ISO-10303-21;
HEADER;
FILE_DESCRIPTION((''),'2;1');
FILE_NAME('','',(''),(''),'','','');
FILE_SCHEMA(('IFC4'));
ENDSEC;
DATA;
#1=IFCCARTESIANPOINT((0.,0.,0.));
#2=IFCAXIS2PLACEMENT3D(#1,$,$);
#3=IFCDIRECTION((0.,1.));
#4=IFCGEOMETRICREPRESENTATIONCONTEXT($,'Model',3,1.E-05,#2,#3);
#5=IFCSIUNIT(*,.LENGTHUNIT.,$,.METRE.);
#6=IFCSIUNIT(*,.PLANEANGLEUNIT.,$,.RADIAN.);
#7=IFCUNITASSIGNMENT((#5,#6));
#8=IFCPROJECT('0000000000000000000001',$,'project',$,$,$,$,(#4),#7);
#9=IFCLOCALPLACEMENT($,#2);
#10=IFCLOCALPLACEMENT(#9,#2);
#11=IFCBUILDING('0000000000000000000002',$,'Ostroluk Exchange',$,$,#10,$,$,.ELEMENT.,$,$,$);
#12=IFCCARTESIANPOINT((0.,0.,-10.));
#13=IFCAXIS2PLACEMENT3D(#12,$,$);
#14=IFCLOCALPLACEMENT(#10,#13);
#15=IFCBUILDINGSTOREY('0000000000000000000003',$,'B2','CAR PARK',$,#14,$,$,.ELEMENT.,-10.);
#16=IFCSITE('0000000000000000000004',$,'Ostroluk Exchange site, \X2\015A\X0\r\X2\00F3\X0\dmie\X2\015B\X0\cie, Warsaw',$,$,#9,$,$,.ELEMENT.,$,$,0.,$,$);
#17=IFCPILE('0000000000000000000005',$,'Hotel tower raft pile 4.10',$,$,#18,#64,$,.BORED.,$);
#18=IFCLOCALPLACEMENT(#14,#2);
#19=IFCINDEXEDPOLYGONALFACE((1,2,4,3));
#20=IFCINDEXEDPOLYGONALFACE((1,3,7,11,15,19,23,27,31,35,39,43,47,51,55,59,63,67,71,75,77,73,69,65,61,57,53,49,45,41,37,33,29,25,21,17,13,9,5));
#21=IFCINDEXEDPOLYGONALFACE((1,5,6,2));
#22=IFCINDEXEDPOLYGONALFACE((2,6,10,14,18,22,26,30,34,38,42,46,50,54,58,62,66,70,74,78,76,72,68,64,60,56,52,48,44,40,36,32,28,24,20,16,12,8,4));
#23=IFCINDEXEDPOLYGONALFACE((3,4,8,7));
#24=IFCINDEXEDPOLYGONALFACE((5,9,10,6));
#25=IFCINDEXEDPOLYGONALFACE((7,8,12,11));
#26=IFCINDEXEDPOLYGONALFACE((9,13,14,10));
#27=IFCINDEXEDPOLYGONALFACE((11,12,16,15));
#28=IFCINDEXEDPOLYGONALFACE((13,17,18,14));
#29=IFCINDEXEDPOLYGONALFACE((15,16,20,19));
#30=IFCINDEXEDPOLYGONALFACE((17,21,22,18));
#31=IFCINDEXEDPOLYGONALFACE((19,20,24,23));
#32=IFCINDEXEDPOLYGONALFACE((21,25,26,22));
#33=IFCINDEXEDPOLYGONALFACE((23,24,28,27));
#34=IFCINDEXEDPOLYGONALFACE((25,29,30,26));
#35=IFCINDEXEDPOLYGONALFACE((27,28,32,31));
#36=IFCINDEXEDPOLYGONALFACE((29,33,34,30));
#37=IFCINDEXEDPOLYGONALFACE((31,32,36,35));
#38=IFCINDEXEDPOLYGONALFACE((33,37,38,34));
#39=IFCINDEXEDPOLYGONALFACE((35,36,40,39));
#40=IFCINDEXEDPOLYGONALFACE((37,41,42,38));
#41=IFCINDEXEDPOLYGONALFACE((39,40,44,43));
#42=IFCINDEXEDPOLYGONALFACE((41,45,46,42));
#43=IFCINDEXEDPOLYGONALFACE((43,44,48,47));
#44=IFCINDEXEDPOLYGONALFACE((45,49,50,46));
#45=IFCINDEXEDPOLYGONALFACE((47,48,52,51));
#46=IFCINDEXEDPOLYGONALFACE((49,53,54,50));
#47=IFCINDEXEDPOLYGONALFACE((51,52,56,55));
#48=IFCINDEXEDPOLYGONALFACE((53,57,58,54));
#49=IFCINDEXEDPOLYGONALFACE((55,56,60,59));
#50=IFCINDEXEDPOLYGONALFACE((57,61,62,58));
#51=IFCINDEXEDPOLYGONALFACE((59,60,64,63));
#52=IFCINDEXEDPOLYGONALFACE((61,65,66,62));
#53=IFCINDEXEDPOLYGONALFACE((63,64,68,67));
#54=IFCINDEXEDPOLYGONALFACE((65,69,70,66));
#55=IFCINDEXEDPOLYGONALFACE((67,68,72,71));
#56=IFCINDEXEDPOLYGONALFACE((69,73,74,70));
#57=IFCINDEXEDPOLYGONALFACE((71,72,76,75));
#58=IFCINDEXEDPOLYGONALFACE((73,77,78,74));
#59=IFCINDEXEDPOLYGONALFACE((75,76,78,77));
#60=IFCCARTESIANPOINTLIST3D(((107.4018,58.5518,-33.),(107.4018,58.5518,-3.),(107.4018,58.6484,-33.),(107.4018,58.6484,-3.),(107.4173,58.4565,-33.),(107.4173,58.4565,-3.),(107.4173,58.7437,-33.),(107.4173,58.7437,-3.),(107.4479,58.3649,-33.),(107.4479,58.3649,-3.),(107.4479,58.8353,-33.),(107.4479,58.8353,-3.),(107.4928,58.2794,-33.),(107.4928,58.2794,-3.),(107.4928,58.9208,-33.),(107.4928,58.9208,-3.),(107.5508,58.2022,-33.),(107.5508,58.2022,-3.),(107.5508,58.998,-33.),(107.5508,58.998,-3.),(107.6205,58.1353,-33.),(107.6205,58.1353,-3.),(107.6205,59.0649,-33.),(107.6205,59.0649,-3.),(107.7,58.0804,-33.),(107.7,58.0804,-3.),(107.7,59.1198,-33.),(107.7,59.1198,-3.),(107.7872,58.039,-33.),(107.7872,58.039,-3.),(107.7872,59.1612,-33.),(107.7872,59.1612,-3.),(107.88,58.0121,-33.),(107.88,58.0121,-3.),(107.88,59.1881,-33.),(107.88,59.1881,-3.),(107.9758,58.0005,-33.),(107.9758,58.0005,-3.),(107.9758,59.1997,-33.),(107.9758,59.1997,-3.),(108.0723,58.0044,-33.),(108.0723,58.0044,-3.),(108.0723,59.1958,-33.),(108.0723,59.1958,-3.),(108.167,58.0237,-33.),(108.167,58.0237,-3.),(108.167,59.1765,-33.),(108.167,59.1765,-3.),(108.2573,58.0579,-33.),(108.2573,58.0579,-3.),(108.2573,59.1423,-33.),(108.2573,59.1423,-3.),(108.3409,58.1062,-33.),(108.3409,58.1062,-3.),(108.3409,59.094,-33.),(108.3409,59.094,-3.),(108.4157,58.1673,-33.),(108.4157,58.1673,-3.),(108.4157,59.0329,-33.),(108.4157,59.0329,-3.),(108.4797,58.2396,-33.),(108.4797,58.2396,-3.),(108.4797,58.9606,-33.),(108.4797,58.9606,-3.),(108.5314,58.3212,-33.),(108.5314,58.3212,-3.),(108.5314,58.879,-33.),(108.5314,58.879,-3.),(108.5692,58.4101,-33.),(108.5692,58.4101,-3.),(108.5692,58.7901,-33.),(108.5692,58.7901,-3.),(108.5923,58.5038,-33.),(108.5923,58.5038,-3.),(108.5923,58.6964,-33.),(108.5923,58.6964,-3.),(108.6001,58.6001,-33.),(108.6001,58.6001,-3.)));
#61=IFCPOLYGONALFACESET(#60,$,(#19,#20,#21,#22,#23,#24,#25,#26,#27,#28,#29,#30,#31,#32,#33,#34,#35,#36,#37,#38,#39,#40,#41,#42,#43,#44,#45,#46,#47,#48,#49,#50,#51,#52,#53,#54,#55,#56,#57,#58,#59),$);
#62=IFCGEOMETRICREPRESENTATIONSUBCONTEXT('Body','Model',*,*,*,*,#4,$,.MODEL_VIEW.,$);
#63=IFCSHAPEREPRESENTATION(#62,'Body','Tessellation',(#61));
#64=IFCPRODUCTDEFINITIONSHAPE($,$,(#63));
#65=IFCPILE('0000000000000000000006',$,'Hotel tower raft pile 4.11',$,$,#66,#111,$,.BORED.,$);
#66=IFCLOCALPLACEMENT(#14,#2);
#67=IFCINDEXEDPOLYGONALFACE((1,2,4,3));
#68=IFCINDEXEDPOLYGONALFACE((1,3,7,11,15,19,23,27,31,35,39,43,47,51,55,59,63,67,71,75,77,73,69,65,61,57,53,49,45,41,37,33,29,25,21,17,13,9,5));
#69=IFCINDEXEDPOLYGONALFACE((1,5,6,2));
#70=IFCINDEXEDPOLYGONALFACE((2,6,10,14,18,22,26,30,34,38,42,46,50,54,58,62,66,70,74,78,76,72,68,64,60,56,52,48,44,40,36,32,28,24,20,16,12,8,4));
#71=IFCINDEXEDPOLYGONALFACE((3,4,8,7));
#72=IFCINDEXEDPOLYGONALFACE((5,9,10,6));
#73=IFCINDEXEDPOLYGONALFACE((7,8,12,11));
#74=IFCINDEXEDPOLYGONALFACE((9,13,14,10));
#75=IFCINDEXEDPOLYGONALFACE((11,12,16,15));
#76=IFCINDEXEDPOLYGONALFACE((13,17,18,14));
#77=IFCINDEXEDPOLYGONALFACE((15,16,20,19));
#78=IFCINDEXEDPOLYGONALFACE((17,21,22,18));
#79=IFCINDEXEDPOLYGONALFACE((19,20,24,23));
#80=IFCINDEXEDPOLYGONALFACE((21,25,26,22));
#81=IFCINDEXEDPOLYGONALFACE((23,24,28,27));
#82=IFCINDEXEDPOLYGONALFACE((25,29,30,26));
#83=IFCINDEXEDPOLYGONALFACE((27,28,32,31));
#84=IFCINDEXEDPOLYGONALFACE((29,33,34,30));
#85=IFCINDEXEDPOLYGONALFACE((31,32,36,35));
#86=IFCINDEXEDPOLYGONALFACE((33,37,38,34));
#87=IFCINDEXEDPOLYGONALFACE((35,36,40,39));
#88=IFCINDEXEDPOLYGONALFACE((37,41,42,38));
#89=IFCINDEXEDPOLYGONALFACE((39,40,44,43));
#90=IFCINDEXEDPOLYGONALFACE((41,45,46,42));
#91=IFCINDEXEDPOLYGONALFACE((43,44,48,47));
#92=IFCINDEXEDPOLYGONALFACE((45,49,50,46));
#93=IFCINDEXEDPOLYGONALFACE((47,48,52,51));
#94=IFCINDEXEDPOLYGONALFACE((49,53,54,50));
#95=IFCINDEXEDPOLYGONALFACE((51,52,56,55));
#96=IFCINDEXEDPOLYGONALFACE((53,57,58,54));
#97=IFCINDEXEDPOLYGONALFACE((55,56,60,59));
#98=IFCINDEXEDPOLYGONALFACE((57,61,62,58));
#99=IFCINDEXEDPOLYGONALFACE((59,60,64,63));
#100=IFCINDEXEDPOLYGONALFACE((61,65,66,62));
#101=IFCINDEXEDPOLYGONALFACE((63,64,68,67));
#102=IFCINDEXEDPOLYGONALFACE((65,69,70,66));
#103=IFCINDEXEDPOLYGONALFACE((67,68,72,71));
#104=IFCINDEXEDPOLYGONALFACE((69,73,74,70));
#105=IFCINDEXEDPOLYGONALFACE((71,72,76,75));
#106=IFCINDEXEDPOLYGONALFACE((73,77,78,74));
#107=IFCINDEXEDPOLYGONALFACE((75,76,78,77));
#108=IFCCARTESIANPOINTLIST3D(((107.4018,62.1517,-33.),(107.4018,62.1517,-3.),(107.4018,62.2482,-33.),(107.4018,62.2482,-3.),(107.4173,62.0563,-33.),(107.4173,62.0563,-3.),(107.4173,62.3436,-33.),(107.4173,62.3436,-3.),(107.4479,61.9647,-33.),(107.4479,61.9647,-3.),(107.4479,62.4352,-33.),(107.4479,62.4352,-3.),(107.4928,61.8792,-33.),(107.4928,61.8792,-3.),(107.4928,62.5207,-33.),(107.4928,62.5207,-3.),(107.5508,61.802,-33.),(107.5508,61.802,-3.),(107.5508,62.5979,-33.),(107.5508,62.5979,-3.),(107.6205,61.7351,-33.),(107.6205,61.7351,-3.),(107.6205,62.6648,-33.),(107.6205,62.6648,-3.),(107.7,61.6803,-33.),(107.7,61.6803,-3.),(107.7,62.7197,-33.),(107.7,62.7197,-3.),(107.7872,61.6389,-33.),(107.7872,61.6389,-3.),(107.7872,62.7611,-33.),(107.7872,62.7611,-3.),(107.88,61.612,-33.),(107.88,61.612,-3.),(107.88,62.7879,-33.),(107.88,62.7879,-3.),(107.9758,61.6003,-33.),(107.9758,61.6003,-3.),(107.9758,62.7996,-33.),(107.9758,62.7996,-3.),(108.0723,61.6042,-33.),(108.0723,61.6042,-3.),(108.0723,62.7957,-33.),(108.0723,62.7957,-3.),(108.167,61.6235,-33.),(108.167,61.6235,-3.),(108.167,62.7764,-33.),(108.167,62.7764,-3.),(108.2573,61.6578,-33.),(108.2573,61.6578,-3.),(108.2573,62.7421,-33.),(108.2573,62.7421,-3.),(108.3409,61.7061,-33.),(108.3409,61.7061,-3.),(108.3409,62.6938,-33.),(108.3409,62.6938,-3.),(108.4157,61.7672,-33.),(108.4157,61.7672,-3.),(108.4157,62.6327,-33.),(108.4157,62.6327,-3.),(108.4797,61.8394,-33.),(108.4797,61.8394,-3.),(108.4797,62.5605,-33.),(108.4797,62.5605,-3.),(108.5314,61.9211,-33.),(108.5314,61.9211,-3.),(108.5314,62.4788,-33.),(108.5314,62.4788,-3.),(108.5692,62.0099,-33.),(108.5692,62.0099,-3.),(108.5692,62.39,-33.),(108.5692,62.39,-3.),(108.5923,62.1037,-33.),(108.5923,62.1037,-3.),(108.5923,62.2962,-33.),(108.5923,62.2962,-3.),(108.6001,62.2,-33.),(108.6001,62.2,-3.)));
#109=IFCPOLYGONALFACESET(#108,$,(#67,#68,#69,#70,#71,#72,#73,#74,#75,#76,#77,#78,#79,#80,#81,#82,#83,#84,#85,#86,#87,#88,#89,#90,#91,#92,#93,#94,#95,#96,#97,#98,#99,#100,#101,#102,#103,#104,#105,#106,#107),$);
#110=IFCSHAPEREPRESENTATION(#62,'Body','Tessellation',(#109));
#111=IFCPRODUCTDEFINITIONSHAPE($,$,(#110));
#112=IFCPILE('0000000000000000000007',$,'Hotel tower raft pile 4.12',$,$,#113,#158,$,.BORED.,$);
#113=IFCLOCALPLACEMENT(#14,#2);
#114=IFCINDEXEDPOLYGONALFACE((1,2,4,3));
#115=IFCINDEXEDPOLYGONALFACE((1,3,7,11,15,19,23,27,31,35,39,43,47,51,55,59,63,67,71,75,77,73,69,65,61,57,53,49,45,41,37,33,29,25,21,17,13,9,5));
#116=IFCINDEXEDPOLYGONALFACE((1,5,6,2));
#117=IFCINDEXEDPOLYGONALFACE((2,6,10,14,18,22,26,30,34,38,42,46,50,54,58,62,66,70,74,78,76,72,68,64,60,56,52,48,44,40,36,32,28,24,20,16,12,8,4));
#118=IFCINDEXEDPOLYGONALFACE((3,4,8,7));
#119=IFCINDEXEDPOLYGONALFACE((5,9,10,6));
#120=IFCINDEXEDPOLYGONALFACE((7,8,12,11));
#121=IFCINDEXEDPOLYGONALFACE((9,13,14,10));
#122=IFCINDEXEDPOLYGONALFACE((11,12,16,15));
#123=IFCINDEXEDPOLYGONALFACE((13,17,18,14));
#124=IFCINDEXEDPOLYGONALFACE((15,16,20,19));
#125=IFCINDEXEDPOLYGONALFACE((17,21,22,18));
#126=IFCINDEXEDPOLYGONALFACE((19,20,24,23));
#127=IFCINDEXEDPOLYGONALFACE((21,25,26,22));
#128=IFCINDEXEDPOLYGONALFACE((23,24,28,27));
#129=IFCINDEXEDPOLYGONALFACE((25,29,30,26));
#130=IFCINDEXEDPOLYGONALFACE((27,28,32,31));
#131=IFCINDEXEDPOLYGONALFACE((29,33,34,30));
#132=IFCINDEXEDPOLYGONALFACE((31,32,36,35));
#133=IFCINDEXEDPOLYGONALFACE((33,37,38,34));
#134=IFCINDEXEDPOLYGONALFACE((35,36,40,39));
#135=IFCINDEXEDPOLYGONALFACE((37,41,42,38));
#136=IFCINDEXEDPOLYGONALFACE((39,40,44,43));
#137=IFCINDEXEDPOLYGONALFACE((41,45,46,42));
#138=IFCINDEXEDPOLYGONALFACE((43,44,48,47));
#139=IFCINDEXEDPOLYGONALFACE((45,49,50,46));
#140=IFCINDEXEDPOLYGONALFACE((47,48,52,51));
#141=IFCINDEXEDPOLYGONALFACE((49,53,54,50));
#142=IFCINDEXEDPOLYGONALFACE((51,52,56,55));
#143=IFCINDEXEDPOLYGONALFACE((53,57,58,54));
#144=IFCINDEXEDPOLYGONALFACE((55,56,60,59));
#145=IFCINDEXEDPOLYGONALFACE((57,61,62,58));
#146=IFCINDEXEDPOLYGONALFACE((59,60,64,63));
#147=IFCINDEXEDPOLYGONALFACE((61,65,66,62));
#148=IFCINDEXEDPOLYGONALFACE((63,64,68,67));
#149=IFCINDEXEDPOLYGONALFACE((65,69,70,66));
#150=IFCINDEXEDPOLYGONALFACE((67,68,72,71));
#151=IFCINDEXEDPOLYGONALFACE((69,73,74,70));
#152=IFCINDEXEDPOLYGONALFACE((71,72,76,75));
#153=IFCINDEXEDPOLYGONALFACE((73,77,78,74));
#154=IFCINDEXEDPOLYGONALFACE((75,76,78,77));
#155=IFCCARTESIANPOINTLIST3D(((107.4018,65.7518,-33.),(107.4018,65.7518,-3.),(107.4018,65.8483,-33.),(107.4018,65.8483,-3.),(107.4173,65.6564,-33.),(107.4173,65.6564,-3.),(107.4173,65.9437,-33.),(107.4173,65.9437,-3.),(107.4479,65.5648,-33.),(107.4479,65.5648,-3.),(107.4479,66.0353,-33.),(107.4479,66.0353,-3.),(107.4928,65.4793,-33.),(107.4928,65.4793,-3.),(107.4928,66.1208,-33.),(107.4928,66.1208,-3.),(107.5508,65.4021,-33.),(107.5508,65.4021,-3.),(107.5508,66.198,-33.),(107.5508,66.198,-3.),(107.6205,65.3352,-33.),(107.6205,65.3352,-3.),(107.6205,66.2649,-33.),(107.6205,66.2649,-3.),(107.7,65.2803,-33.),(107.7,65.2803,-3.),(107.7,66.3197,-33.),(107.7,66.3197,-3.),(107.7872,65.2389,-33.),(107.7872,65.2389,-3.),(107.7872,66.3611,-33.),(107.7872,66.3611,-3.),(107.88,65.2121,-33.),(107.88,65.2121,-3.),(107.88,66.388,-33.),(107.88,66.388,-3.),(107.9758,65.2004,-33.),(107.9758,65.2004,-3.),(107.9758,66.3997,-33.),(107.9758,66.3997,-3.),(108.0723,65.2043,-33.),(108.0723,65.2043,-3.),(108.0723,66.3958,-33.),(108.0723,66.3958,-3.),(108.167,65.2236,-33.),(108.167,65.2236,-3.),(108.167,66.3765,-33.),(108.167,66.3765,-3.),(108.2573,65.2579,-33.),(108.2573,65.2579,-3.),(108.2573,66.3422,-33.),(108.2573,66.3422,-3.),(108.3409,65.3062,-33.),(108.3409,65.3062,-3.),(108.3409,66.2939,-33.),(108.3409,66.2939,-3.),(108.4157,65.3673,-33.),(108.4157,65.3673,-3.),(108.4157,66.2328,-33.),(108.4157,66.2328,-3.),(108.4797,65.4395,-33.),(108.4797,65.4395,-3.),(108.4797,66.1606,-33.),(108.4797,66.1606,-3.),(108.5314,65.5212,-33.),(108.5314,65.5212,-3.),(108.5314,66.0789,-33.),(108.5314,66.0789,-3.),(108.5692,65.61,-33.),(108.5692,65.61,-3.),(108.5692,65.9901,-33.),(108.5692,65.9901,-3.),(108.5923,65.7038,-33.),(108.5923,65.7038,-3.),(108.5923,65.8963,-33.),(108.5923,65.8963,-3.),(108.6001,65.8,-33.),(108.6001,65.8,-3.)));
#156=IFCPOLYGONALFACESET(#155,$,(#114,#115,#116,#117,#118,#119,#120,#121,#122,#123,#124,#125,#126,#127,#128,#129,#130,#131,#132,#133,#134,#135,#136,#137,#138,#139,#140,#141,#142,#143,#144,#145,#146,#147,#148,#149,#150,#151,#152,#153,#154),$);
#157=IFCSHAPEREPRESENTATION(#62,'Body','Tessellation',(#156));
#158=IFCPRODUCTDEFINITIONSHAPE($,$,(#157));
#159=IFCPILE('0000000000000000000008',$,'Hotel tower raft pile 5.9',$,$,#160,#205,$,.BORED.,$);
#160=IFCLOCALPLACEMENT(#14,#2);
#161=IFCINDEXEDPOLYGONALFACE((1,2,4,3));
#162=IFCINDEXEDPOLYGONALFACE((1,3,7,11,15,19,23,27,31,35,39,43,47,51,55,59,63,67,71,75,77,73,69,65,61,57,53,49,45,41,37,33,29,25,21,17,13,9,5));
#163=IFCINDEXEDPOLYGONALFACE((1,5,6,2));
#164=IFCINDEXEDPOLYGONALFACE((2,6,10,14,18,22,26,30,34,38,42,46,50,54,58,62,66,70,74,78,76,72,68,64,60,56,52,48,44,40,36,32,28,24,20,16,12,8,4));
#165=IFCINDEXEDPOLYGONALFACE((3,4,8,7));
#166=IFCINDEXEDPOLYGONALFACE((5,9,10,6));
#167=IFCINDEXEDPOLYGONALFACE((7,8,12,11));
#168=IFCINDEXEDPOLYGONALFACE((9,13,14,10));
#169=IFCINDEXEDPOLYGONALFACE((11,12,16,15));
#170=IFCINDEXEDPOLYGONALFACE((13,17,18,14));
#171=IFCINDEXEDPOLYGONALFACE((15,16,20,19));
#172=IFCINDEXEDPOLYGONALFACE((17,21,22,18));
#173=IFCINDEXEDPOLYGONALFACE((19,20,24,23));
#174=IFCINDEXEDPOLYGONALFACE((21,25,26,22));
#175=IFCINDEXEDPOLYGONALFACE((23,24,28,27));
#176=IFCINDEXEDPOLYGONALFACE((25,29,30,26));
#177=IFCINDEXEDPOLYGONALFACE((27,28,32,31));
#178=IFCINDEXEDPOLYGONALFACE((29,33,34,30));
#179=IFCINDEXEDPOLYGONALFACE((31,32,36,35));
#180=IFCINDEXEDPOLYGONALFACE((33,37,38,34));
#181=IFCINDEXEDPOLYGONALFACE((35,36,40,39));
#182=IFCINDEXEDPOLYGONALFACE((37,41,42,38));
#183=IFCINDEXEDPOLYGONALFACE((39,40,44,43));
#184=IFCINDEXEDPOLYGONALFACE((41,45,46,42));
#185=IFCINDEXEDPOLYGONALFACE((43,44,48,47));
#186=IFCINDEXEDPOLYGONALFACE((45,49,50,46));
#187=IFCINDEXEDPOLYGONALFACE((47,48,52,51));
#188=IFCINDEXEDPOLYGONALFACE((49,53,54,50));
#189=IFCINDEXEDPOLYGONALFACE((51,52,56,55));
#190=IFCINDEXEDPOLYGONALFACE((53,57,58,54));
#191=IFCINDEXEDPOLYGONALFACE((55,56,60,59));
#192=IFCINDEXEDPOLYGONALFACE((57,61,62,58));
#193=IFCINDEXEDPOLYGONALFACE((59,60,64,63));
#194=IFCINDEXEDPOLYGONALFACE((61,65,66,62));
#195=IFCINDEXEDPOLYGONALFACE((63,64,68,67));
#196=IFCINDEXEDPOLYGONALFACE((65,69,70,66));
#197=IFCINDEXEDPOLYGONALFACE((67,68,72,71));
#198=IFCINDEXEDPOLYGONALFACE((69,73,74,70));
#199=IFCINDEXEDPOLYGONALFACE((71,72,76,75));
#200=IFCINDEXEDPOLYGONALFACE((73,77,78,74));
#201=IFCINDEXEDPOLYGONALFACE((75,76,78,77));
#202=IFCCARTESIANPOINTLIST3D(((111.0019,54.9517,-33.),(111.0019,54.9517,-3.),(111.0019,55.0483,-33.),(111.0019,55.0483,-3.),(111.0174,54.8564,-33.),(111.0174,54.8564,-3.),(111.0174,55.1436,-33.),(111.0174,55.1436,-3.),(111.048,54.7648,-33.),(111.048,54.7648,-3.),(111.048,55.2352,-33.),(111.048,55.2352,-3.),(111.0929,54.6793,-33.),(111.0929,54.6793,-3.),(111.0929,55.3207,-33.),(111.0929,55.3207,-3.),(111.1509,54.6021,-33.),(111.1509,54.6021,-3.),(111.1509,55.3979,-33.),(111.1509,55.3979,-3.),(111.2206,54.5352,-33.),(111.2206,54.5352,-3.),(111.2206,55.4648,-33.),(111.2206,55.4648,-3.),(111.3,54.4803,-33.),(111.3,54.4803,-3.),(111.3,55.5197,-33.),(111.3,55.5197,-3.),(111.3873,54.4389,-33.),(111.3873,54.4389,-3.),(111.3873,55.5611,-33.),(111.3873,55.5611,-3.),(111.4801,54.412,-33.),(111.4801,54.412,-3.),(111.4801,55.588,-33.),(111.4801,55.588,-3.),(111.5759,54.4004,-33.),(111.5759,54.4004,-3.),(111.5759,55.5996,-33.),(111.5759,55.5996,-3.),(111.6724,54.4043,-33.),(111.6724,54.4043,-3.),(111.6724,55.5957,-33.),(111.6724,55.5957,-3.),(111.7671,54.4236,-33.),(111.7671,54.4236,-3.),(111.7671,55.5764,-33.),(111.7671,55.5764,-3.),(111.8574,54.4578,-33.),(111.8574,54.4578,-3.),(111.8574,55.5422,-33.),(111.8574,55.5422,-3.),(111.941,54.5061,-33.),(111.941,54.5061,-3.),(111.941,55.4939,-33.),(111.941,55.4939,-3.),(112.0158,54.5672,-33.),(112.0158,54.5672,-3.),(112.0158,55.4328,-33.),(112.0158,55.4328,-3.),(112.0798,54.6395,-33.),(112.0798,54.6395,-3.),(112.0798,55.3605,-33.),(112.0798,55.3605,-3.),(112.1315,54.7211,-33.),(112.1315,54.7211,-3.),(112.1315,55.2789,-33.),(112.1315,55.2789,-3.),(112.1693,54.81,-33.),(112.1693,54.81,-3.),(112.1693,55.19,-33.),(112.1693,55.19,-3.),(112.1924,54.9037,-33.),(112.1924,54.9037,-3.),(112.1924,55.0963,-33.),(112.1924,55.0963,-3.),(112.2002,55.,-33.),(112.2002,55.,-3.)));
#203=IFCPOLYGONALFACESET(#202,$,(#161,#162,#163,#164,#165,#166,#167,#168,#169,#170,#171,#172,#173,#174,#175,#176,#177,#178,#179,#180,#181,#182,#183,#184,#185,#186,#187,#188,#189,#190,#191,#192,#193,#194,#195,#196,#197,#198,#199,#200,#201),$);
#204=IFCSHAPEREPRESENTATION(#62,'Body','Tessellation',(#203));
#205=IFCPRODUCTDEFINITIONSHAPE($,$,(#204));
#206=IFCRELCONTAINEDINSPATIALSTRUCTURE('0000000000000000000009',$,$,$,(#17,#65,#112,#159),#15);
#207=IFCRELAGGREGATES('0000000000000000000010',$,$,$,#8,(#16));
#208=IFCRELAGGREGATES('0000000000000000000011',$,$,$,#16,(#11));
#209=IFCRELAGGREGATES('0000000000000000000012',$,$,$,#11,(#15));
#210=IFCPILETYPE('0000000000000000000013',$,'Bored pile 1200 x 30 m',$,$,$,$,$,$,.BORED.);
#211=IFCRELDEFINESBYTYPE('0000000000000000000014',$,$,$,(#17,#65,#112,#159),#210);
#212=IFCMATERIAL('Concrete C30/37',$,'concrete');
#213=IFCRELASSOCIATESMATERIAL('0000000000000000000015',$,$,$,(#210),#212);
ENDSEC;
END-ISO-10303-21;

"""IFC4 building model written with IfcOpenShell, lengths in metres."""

from ifc_helpers import new_model, si_unit, direction, frame, origin, origin_2d, place, context, subcontext, project, spatial, circle, extrude, material, type_object, element, save


model = new_model("IFC4")

# Units and contexts
model_context = context("Model", 3, precision=1e-05, world=origin(), true_north=direction((0.0, 1.0)))
body_context = subcontext(model_context, "Body", "Model", "MODEL_VIEW")
ifc_project = project(units=[si_unit("LENGTHUNIT", "METRE"), si_unit("PLANEANGLEUNIT", "RADIAN")], contexts=[model_context])

# Site, building, storey
site_placement = place(None, origin())
site = spatial("IfcSite", under=ifc_project, at=site_placement, Name="Ostroluk Exchange site, Śródmieście, Warsaw", CompositionType="ELEMENT", RefElevation=0.0)
building_placement = place(site_placement, origin())
building = spatial("IfcBuilding", under=site, at=building_placement, Name="Ostroluk Exchange", CompositionType="ELEMENT")
storey_placement = place(building_placement, frame((0.0, 0.0, -10.0)))
storey = spatial("IfcBuildingStorey", under=building, at=storey_placement, Name="B2", Description="CAR PARK", CompositionType="ELEMENT", Elevation=-10.0)

# Piles
ifc_material_1 = material(Name="Concrete C30/37", Category="concrete")
pile_type_1 = type_object("IfcPileType", Name="Bored pile 1200 x 30 m", PredefinedType="BORED", material=ifc_material_1)
for number, where, z_axis, x_axis, name in (
    (1, (108.0, 58.6001, -3.0), (0.0, 0.0, -1.0), (1.0, 0.0, 0.0), "Hotel tower raft pile 4.10"),
    (2, (108.0, 62.2, -3.0), (0.0, 0.0, -1.0), (1.0, 0.0, 0.0), "Hotel tower raft pile 4.11"),
    (3, (108.0, 65.8, -3.0), (0.0, 0.0, -1.0), (1.0, 0.0, 0.0), "Hotel tower raft pile 4.12"),
    (4, (111.6001, 55.0, -3.0), (0.0, 0.0, -1.0), (1.0, 0.0, 0.0), "Hotel tower raft pile 5.9"),
):
    element("IfcPile", number, at=place(storey_placement, frame(where, z_axis=z_axis, x_axis=x_axis)), inside=storey, type_object=pile_type_1, Name=name, PredefinedType="BORED", context=body_context, shape_type="SweptSolid", body=[
        extrude(circle(Radius=0.6001, at=origin_2d()), origin(), (0.0, 0.0, 1.0), 30.0),
    ])

save(model, "model.ifc")
